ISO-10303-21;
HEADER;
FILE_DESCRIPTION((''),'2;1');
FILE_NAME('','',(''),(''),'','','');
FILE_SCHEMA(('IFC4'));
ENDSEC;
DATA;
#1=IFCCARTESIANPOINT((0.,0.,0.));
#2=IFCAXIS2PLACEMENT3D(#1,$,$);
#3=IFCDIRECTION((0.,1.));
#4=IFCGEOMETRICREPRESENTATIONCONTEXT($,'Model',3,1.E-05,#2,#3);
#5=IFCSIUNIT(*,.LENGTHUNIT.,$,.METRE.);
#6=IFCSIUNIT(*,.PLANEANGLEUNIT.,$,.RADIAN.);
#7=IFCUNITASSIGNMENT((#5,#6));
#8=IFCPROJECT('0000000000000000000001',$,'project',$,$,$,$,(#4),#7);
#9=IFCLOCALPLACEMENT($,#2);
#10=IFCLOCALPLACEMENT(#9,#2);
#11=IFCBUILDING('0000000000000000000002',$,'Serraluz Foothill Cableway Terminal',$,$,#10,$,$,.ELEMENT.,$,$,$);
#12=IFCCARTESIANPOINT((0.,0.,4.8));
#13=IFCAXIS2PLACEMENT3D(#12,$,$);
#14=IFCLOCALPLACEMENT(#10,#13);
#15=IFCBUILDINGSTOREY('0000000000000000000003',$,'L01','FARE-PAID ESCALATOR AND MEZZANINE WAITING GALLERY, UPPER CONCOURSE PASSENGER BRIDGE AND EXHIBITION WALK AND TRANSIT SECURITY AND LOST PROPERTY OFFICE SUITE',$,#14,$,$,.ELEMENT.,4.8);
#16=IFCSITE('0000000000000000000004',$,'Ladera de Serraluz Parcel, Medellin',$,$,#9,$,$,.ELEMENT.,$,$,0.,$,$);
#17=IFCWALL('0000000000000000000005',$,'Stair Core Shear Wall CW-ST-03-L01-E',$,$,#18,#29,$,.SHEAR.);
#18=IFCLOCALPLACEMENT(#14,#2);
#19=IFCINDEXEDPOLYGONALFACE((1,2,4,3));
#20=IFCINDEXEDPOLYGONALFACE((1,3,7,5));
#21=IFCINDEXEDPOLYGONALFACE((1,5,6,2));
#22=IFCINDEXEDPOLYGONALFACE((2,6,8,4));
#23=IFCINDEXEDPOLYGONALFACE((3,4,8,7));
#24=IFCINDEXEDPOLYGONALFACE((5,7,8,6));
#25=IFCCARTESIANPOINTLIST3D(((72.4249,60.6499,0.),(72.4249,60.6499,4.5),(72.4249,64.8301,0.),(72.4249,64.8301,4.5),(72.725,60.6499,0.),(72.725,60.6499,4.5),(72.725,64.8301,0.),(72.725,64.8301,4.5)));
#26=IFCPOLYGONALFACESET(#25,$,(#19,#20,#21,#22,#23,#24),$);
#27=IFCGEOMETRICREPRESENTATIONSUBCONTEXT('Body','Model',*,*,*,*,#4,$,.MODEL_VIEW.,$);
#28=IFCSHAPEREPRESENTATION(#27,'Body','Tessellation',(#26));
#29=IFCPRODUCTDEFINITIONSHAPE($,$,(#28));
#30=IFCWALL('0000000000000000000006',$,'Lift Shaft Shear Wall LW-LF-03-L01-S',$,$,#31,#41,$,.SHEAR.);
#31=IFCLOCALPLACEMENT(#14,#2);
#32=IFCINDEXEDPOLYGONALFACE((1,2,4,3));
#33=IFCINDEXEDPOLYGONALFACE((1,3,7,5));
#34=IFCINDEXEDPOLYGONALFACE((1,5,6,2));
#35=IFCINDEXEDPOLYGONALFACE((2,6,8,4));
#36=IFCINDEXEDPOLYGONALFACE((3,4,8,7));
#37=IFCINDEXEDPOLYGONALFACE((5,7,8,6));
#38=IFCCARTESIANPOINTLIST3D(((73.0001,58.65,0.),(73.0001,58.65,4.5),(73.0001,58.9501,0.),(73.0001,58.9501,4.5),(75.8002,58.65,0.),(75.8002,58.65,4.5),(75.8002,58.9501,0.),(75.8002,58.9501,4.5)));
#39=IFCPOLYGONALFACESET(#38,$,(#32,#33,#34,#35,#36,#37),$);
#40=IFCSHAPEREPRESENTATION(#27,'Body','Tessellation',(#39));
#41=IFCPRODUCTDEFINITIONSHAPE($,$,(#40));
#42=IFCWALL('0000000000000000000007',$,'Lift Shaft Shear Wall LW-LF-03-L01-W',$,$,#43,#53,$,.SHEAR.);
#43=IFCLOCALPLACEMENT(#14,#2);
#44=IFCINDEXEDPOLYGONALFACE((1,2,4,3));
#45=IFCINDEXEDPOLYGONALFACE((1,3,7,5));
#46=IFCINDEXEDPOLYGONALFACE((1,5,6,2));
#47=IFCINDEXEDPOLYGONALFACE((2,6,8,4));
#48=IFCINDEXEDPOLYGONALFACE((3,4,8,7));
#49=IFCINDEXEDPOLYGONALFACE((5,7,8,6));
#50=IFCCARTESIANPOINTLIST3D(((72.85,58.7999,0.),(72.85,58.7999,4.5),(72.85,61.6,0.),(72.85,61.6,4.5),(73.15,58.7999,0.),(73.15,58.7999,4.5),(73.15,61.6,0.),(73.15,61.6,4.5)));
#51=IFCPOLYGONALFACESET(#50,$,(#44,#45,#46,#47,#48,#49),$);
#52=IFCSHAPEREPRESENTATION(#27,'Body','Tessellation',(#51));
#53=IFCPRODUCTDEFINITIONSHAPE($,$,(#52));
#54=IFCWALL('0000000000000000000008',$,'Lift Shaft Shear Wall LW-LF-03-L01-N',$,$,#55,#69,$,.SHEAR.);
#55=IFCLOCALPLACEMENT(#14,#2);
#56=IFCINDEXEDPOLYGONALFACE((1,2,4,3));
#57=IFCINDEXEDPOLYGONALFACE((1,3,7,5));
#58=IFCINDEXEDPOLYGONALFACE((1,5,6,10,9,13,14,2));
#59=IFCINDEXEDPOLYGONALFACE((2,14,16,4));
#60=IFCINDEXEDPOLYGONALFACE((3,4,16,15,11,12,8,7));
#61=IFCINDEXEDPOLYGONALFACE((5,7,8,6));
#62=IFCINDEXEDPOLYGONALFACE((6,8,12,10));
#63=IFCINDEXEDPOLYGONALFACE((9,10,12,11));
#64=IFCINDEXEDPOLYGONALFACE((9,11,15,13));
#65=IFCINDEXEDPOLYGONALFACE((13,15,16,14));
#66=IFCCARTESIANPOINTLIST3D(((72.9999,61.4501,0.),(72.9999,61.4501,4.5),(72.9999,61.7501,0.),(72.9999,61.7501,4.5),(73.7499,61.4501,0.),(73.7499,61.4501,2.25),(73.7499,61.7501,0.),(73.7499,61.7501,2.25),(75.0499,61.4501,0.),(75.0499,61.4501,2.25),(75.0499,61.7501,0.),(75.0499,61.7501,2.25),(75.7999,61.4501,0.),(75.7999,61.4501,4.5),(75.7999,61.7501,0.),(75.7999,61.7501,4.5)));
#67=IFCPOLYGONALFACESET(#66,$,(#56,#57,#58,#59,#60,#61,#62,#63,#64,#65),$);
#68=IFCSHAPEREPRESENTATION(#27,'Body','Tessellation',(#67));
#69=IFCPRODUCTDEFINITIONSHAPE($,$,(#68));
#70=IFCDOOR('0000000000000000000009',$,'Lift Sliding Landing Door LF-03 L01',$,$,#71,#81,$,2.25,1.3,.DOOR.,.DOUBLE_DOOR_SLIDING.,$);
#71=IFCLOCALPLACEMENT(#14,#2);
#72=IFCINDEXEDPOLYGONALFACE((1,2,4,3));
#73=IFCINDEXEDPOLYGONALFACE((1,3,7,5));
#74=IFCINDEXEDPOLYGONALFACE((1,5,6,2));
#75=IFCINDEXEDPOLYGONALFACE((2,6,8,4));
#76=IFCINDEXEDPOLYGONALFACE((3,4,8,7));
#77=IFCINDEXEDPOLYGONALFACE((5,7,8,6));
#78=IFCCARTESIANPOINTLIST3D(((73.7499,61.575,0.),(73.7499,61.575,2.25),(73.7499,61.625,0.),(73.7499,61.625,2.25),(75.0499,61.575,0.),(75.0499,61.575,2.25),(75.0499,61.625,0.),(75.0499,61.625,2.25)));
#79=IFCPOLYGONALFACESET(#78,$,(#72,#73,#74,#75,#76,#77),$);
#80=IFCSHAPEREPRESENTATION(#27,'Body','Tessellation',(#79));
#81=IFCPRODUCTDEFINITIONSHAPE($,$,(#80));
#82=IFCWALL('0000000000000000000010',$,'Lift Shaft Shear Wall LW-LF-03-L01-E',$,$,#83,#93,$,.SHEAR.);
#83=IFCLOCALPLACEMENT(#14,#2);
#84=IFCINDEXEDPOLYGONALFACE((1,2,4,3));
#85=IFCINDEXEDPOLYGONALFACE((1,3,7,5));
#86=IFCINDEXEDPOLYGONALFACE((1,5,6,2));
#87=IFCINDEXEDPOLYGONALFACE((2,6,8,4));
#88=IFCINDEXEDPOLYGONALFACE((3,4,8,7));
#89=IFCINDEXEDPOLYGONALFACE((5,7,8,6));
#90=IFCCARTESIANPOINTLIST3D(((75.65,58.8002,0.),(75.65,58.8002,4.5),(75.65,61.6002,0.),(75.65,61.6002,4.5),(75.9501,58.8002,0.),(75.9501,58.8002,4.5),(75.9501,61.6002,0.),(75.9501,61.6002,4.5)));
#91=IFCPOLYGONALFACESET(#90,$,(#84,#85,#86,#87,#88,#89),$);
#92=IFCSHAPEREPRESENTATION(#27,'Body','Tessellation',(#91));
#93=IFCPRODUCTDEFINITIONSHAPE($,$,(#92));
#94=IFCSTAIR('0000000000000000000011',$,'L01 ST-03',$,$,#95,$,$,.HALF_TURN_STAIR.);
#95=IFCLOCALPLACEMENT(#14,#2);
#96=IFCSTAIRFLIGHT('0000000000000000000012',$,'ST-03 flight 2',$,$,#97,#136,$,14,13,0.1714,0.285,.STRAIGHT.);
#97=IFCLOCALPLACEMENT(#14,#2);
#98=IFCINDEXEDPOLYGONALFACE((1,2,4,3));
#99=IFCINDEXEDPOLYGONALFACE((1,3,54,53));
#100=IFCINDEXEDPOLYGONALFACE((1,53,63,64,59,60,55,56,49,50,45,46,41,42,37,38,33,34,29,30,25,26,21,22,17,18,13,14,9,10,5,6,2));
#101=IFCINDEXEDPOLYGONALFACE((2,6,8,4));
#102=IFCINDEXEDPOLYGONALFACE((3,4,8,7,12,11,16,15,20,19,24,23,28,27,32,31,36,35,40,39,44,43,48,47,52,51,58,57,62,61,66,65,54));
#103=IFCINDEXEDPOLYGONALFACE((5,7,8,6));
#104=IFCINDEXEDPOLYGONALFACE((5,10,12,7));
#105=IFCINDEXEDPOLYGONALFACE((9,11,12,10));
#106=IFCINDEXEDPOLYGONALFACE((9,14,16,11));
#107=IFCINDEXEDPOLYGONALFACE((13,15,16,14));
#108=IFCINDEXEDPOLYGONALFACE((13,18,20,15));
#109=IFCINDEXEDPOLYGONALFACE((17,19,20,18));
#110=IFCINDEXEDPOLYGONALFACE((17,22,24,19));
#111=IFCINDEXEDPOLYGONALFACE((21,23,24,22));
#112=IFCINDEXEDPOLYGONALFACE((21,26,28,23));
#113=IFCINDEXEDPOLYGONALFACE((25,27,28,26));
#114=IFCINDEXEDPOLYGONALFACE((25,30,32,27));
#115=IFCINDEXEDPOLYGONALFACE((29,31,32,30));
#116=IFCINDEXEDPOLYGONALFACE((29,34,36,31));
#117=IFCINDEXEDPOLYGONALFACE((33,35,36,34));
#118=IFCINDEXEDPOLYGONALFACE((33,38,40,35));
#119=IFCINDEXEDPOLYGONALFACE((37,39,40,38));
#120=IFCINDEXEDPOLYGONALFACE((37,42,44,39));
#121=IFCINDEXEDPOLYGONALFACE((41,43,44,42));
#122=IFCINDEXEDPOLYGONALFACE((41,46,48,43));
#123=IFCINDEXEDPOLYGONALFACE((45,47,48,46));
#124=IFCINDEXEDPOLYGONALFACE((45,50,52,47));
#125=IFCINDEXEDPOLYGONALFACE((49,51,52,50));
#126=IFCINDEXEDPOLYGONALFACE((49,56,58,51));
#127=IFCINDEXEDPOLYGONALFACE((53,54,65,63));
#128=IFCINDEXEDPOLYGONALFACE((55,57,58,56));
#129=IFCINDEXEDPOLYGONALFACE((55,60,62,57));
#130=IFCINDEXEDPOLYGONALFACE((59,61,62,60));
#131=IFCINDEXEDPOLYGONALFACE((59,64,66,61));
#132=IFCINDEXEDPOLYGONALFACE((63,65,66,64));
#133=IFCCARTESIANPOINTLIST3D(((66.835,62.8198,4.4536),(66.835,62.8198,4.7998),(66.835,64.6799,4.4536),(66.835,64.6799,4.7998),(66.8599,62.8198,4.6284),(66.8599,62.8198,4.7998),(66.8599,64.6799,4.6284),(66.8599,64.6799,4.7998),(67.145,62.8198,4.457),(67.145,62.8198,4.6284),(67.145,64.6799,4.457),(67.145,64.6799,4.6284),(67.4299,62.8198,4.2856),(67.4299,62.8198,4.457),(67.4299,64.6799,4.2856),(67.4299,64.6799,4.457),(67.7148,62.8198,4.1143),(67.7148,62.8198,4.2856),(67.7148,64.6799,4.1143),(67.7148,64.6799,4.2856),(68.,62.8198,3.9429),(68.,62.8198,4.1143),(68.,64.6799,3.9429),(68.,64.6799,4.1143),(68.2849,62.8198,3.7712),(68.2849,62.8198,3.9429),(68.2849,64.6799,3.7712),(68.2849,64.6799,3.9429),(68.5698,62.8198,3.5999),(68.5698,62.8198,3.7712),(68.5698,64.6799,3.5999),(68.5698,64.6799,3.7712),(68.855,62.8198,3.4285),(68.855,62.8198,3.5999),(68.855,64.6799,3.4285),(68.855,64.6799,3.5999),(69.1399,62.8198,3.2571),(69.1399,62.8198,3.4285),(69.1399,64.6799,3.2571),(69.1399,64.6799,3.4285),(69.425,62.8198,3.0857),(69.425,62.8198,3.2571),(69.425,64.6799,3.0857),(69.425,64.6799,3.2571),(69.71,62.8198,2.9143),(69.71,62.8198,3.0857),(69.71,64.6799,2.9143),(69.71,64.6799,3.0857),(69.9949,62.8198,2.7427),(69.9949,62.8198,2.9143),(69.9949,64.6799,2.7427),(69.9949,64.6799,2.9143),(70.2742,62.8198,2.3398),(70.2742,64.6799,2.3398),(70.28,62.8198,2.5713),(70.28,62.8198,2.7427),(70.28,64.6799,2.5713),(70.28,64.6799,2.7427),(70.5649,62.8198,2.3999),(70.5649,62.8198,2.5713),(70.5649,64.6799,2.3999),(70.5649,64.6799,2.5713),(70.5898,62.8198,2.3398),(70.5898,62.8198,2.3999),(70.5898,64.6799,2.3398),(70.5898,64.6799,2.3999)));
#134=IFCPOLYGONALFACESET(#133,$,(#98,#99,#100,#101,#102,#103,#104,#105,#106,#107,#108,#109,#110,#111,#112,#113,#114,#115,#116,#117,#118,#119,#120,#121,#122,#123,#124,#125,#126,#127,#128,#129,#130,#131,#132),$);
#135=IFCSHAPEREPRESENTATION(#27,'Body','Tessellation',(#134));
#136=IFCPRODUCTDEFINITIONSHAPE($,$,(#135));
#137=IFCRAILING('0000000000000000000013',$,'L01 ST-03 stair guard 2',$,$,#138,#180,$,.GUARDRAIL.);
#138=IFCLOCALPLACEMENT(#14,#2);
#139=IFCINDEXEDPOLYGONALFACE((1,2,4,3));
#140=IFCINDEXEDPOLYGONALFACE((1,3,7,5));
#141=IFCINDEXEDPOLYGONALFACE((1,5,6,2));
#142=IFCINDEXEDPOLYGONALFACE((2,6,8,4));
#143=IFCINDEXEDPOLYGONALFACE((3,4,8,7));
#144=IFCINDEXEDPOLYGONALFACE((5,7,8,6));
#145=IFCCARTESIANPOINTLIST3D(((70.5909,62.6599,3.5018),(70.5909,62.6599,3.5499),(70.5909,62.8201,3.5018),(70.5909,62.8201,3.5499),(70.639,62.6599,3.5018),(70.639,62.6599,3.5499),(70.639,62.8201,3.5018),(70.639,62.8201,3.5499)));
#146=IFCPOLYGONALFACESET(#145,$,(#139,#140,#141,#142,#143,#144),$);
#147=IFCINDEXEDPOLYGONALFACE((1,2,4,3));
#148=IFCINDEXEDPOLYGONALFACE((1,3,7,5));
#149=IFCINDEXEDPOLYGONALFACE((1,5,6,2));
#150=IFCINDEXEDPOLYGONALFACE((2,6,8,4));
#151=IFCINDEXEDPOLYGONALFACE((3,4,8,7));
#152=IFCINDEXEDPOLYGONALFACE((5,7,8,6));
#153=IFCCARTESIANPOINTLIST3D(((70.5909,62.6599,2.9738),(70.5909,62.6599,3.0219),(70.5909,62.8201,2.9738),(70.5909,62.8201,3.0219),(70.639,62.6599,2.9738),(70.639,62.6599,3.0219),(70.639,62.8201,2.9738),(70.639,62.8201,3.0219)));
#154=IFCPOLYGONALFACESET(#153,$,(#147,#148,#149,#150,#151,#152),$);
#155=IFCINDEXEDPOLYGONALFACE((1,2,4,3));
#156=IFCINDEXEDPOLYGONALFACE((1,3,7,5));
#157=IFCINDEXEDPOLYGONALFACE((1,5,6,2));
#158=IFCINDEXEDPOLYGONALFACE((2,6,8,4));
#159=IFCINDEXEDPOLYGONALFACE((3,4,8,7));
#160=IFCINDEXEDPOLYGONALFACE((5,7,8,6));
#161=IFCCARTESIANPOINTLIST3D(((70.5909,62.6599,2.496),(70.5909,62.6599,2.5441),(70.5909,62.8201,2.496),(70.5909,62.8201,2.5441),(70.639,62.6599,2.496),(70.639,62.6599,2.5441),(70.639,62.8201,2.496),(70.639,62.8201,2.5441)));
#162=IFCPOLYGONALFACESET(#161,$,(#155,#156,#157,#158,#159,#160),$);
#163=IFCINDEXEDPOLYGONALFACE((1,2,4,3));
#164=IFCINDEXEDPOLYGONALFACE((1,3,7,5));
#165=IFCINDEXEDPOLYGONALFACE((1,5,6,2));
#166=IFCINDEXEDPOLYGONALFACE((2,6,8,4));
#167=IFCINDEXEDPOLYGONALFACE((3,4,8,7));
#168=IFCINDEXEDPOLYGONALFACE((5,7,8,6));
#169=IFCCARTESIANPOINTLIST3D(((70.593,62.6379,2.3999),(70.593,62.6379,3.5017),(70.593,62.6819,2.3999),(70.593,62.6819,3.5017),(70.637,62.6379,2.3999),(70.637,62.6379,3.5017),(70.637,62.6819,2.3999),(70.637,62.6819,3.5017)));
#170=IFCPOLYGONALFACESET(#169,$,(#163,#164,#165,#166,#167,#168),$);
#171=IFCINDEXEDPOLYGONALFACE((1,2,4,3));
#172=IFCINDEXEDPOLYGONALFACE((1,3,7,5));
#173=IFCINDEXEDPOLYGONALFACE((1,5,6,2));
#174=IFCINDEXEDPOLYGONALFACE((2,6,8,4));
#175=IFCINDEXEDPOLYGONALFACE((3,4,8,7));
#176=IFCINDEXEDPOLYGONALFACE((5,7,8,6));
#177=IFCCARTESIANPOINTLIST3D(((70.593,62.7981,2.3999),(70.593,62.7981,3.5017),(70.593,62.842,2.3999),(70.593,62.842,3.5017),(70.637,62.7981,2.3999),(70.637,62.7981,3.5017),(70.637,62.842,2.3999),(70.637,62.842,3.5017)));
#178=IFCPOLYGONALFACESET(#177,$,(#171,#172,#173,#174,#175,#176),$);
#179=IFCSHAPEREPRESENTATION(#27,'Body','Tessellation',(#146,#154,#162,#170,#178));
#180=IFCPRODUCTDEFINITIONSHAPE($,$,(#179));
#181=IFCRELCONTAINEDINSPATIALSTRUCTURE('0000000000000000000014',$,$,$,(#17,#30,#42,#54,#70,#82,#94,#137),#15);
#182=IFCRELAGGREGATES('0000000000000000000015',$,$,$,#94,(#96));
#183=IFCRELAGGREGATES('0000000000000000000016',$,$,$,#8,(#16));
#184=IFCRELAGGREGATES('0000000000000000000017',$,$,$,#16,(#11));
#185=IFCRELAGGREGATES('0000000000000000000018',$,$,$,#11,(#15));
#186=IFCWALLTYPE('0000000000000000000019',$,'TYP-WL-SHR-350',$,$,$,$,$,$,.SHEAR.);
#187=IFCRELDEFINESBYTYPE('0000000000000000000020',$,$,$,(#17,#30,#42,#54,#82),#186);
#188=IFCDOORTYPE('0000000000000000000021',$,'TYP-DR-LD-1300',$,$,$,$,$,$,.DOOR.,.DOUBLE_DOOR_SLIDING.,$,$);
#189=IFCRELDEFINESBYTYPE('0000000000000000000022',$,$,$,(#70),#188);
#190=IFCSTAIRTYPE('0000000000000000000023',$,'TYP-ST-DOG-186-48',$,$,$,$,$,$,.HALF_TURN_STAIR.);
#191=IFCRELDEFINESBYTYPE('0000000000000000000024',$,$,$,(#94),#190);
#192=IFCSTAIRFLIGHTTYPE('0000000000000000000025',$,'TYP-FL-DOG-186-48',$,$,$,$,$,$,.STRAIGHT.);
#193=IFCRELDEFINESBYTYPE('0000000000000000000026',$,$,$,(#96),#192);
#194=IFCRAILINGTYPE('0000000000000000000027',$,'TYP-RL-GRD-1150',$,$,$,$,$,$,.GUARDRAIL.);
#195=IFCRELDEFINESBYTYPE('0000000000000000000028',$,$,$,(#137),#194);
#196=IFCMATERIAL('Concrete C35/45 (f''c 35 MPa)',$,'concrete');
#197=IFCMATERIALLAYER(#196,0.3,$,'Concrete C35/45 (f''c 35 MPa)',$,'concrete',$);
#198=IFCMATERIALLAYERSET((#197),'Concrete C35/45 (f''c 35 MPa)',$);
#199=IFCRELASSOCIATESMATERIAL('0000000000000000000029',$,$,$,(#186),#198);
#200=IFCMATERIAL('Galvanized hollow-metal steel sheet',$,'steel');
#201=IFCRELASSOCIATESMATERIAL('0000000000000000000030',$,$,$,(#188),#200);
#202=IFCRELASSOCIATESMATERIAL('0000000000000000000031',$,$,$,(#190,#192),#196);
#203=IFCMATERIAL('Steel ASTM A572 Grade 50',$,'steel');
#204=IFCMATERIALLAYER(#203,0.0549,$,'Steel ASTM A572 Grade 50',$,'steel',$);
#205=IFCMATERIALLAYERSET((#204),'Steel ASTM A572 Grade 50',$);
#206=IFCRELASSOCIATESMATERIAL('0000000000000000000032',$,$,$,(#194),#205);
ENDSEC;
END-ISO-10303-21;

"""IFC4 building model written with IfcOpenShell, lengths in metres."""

from ifc_helpers import new_model, si_unit, direction, frame, frame_2d, origin, origin_2d, place, context, subcontext, project, spatial, polyline, rectangle, outline, extrude, material, layer, layer_set, type_object, element, fill, aggregate, save


model = new_model("IFC4")

# Units and contexts
model_context = context("Model", 3, precision=1e-05, world=origin(), true_north=direction((0.0, 1.0)))
body_context = subcontext(model_context, "Body", "Model", "MODEL_VIEW")
ifc_project = project(units=[si_unit("LENGTHUNIT", "METRE"), si_unit("PLANEANGLEUNIT", "RADIAN")], contexts=[model_context])

# Site, building, storey
site_placement = place(None, origin())
site = spatial("IfcSite", under=ifc_project, at=site_placement, Name="Ladera de Serraluz Parcel, Medellin", CompositionType="ELEMENT", RefElevation=0.0)
building_placement = place(site_placement, origin())
building = spatial("IfcBuilding", under=site, at=building_placement, Name="Serraluz Foothill Cableway Terminal", CompositionType="ELEMENT")
storey_placement = place(building_placement, frame((0.0, 0.0, 4.8)))
storey = spatial("IfcBuildingStorey", under=building, at=storey_placement, Name="L01", Description="FARE-PAID ESCALATOR AND MEZZANINE WAITING GALLERY, UPPER CONCOURSE PASSENGER BRIDGE AND EXHIBITION WALK AND TRANSIT SECURITY AND LOST PROPERTY OFFICE SUITE", CompositionType="ELEMENT", Elevation=4.8)

# Shared definitions
ifc_material_1 = material(Name="Concrete C35/45 (f'c 35 MPa)", Category="concrete")

# Walls
ifc_layer_1 = layer(ifc_material_1, 0.3, Name="Concrete C35/45 (f'c 35 MPa)", Category="concrete")
ifc_layer_set_1 = layer_set([ifc_layer_1], Name="Concrete C35/45 (f'c 35 MPa)")
wall_type_1 = type_object("IfcWallType", Name="TYP-WL-SHR-350", PredefinedType="SHEAR", material=ifc_layer_set_1)
wall_1_placement = place(storey_placement, frame((72.575, 64.8301, 0.0), z_axis=(0.0, 0.0, 1.0), x_axis=(0.0, -1.0, 0.0)))
element("IfcWall", 1, at=wall_1_placement, inside=storey, type_object=wall_type_1, Name="Stair Core Shear Wall CW-ST-03-L01-E", PredefinedType="SHEAR", context=body_context, shape_type="SweptSolid", body=[
    extrude(rectangle(XDim=4.1802, YDim=0.3, at=frame_2d((2.0901, 0.0))), origin(), (0.0, 0.0, 1.0), 4.5),
])
for number, where, z_axis, x_axis, name in (
    (2, (75.8, 58.8, 0.0), (0.0, 0.0, 1.0), (-1.0, 0.0, 0.0), "Lift Shaft Shear Wall LW-LF-03-L01-S"),
    (3, (73.0, 58.8, 0.0), (0.0, 0.0, 1.0), (0.0, 1.0, 0.0), "Lift Shaft Shear Wall LW-LF-03-L01-W"),
):
    element("IfcWall", number, at=place(storey_placement, frame(where, z_axis=z_axis, x_axis=x_axis)), inside=storey, type_object=wall_type_1, Name=name, PredefinedType="SHEAR", context=body_context, shape_type="SweptSolid", body=[
        extrude(rectangle(XDim=2.8, YDim=0.3, at=frame_2d((1.3999, 0.0))), origin(), (0.0, 0.0, 1.0), 4.5),
    ])

# Wall, opening, door
wall_2_placement = place(storey_placement, frame((73.0, 61.6001, 0.0), z_axis=(0.0, 0.0, 1.0), x_axis=(1.0, 0.0, 0.0)))
wall_2 = element("IfcWall", 4, at=wall_2_placement, inside=storey, type_object=wall_type_1, Name="Lift Shaft Shear Wall LW-LF-03-L01-N", PredefinedType="SHEAR", context=body_context, shape_type="SweptSolid", body=[
    extrude(rectangle(XDim=2.8, YDim=0.3, at=frame_2d((1.3999, 0.0))), origin(), (0.0, 0.0, 1.0), 4.5),
])
opening_1_placement = place(wall_2_placement, frame((0.75, 0.0, 0.0)))
opening_1 = element("IfcOpeningElement", 5, at=opening_1_placement, cuts=wall_2, PredefinedType="OPENING", context=body_context, shape_type="SweptSolid", body=[
    extrude(rectangle(XDim=1.3, YDim=2.25, at=frame_2d((0.6499, 1.125))), frame((0.0, 0.1602, 0.0), z_axis=(0.0, -1.0, 0.0), x_axis=(1.0, 0.0, 0.0)), (0.0, 0.0, 1.0), 0.3201),
])
ifc_material_2 = material(Name="Galvanized hollow-metal steel sheet", Category="steel")
door_type = type_object("IfcDoorType", Name="TYP-DR-LD-1300", OperationType="DOUBLE_DOOR_SLIDING", PredefinedType="DOOR", material=ifc_material_2)
door_placement = place(opening_1_placement, origin())
door = element("IfcDoor", 6, at=door_placement, inside=storey, type_object=door_type, Name="Lift Sliding Landing Door LF-03 L01", OperationType="DOUBLE_DOOR_SLIDING", OverallHeight=2.25, OverallWidth=1.3, PredefinedType="DOOR", context=body_context, shape_type="SweptSolid", body=[
    extrude(rectangle(XDim=1.3, YDim=2.25, at=frame_2d((0.6499, 1.125))), frame((0.0, 0.0249, 0.0), z_axis=(0.0, -1.0, 0.0), x_axis=(1.0, 0.0, 0.0)), (0.0, 0.0, 1.0), 0.05),
])
fill(opening_1, door)

# Wall
wall_3_placement = place(storey_placement, frame((75.8, 61.6001, 0.0), z_axis=(0.0, 0.0, 1.0), x_axis=(0.0, -1.0, 0.0)))
element("IfcWall", 7, at=wall_3_placement, inside=storey, type_object=wall_type_1, Name="Lift Shaft Shear Wall LW-LF-03-L01-E", PredefinedType="SHEAR", context=body_context, shape_type="SweptSolid", body=[
    extrude(rectangle(XDim=2.8, YDim=0.3, at=frame_2d((1.3999, 0.0))), origin(), (0.0, 0.0, 1.0), 4.5),
])

# Stair, stair flight
stair_type = type_object("IfcStairType", Name="TYP-ST-DOG-186-48", PredefinedType="HALF_TURN_STAIR", material=ifc_material_1)
stair_placement = place(storey_placement, origin())
stair = element("IfcStair", 8, at=stair_placement, inside=storey, type_object=stair_type, Name="L01 ST-03", PredefinedType="HALF_TURN_STAIR")
stair_flight_type = type_object("IfcStairFlightType", Name="TYP-FL-DOG-186-48", PredefinedType="STRAIGHT", material=ifc_material_1)
stair_flight_placement = place(storey_placement, frame((70.5649, 63.75, 2.3999), z_axis=(0.0, 0.0, 1.0), x_axis=(-1.0, 0.0, 0.0)))
stair_flight = element("IfcStairFlight", 9, at=stair_flight_placement, type_object=stair_flight_type, Name="ST-03 flight 2", NumberOfRisers=14, NumberOfTreads=13, PredefinedType="STRAIGHT", RiserHeight=0.1714, TreadLength=0.285, context=body_context, shape_type="SweptSolid", body=[
    extrude(outline(polyline([(-0.0249, -0.0601), (-0.0249, 0.0), (0.0, 0.0), (0.0, 0.1714), (0.2849, 0.1714), (0.2849, 0.3428), (0.5701, 0.3428), (0.5701, 0.5144), (0.855, 0.5144), (0.855, 0.6858), (1.1399, 0.6858), (1.1399, 0.8572), (1.425, 0.8572), (1.425, 1.0286), (1.71, 1.0286), (1.71, 1.2), (1.9951, 1.2), (1.9951, 1.3713), (2.28, 1.3713), (2.28, 1.543), (2.5649, 1.543), (2.5649, 1.7144), (2.8501, 1.7144), (2.8501, 1.8857), (3.135, 1.8857), (3.135, 2.0571), (3.4199, 2.0571), (3.4199, 2.2285), (3.7051, 2.2285), (3.7051, 2.3999), (3.73, 2.3999), (3.73, 2.0537), (0.2908, -0.0601), (-0.0249, -0.0601)])), frame((0.0, 0.9302, 0.0), z_axis=(0.0, -1.0, 0.0), x_axis=(1.0, 0.0, 0.0)), (0.0, 0.0, 1.0), 1.8601),
])
aggregate(stair, [stair_flight])

# Railing
ifc_material_3 = material(Name="Steel ASTM A572 Grade 50", Category="steel")
ifc_layer_2 = layer(ifc_material_3, 0.0549, Name="Steel ASTM A572 Grade 50", Category="steel")
ifc_layer_set_2 = layer_set([ifc_layer_2], Name="Steel ASTM A572 Grade 50")
railing_type_1 = type_object("IfcRailingType", Name="TYP-RL-GRD-1150", PredefinedType="GUARDRAIL", material=ifc_layer_set_2)
railing_1_placement = place(storey_placement, frame((70.615, 62.6599, 2.3999)))
element("IfcRailing", 10, at=railing_1_placement, inside=storey, type_object=railing_type_1, Name="L01 ST-03 stair guard 2", PredefinedType="GUARDRAIL", context=body_context, shape_type="SweptSolid", body=[
    extrude(rectangle(XDim=0.0481, YDim=0.0481, at=origin_2d()), frame((0.0, 0.0, 1.126), z_axis=(0.0, 1.0, 0.0), x_axis=(-1.0, 0.0, 0.0)), (0.0, 0.0, 1.0), 0.1602),
    extrude(rectangle(XDim=0.0481, YDim=0.0481, at=origin_2d()), frame((0.0, 0.0, 0.5979), z_axis=(0.0, 1.0, 0.0), x_axis=(-1.0, 0.0, 0.0)), (0.0, 0.0, 1.0), 0.1602),
    extrude(rectangle(XDim=0.0481, YDim=0.0481, at=origin_2d()), frame((0.0, 0.0, 0.1201), z_axis=(0.0, 1.0, 0.0), x_axis=(-1.0, 0.0, 0.0)), (0.0, 0.0, 1.0), 0.1602),
    extrude(rectangle(XDim=0.0439, YDim=0.0439, at=origin_2d()), origin(), (0.0, 0.0, 1.0), 1.1018),
    extrude(rectangle(XDim=0.0439, YDim=0.0439, at=origin_2d()), frame((0.0, 0.1602, 0.0)), (0.0, 0.0, 1.0), 1.1018),
])

save(model, "model.ifc")
